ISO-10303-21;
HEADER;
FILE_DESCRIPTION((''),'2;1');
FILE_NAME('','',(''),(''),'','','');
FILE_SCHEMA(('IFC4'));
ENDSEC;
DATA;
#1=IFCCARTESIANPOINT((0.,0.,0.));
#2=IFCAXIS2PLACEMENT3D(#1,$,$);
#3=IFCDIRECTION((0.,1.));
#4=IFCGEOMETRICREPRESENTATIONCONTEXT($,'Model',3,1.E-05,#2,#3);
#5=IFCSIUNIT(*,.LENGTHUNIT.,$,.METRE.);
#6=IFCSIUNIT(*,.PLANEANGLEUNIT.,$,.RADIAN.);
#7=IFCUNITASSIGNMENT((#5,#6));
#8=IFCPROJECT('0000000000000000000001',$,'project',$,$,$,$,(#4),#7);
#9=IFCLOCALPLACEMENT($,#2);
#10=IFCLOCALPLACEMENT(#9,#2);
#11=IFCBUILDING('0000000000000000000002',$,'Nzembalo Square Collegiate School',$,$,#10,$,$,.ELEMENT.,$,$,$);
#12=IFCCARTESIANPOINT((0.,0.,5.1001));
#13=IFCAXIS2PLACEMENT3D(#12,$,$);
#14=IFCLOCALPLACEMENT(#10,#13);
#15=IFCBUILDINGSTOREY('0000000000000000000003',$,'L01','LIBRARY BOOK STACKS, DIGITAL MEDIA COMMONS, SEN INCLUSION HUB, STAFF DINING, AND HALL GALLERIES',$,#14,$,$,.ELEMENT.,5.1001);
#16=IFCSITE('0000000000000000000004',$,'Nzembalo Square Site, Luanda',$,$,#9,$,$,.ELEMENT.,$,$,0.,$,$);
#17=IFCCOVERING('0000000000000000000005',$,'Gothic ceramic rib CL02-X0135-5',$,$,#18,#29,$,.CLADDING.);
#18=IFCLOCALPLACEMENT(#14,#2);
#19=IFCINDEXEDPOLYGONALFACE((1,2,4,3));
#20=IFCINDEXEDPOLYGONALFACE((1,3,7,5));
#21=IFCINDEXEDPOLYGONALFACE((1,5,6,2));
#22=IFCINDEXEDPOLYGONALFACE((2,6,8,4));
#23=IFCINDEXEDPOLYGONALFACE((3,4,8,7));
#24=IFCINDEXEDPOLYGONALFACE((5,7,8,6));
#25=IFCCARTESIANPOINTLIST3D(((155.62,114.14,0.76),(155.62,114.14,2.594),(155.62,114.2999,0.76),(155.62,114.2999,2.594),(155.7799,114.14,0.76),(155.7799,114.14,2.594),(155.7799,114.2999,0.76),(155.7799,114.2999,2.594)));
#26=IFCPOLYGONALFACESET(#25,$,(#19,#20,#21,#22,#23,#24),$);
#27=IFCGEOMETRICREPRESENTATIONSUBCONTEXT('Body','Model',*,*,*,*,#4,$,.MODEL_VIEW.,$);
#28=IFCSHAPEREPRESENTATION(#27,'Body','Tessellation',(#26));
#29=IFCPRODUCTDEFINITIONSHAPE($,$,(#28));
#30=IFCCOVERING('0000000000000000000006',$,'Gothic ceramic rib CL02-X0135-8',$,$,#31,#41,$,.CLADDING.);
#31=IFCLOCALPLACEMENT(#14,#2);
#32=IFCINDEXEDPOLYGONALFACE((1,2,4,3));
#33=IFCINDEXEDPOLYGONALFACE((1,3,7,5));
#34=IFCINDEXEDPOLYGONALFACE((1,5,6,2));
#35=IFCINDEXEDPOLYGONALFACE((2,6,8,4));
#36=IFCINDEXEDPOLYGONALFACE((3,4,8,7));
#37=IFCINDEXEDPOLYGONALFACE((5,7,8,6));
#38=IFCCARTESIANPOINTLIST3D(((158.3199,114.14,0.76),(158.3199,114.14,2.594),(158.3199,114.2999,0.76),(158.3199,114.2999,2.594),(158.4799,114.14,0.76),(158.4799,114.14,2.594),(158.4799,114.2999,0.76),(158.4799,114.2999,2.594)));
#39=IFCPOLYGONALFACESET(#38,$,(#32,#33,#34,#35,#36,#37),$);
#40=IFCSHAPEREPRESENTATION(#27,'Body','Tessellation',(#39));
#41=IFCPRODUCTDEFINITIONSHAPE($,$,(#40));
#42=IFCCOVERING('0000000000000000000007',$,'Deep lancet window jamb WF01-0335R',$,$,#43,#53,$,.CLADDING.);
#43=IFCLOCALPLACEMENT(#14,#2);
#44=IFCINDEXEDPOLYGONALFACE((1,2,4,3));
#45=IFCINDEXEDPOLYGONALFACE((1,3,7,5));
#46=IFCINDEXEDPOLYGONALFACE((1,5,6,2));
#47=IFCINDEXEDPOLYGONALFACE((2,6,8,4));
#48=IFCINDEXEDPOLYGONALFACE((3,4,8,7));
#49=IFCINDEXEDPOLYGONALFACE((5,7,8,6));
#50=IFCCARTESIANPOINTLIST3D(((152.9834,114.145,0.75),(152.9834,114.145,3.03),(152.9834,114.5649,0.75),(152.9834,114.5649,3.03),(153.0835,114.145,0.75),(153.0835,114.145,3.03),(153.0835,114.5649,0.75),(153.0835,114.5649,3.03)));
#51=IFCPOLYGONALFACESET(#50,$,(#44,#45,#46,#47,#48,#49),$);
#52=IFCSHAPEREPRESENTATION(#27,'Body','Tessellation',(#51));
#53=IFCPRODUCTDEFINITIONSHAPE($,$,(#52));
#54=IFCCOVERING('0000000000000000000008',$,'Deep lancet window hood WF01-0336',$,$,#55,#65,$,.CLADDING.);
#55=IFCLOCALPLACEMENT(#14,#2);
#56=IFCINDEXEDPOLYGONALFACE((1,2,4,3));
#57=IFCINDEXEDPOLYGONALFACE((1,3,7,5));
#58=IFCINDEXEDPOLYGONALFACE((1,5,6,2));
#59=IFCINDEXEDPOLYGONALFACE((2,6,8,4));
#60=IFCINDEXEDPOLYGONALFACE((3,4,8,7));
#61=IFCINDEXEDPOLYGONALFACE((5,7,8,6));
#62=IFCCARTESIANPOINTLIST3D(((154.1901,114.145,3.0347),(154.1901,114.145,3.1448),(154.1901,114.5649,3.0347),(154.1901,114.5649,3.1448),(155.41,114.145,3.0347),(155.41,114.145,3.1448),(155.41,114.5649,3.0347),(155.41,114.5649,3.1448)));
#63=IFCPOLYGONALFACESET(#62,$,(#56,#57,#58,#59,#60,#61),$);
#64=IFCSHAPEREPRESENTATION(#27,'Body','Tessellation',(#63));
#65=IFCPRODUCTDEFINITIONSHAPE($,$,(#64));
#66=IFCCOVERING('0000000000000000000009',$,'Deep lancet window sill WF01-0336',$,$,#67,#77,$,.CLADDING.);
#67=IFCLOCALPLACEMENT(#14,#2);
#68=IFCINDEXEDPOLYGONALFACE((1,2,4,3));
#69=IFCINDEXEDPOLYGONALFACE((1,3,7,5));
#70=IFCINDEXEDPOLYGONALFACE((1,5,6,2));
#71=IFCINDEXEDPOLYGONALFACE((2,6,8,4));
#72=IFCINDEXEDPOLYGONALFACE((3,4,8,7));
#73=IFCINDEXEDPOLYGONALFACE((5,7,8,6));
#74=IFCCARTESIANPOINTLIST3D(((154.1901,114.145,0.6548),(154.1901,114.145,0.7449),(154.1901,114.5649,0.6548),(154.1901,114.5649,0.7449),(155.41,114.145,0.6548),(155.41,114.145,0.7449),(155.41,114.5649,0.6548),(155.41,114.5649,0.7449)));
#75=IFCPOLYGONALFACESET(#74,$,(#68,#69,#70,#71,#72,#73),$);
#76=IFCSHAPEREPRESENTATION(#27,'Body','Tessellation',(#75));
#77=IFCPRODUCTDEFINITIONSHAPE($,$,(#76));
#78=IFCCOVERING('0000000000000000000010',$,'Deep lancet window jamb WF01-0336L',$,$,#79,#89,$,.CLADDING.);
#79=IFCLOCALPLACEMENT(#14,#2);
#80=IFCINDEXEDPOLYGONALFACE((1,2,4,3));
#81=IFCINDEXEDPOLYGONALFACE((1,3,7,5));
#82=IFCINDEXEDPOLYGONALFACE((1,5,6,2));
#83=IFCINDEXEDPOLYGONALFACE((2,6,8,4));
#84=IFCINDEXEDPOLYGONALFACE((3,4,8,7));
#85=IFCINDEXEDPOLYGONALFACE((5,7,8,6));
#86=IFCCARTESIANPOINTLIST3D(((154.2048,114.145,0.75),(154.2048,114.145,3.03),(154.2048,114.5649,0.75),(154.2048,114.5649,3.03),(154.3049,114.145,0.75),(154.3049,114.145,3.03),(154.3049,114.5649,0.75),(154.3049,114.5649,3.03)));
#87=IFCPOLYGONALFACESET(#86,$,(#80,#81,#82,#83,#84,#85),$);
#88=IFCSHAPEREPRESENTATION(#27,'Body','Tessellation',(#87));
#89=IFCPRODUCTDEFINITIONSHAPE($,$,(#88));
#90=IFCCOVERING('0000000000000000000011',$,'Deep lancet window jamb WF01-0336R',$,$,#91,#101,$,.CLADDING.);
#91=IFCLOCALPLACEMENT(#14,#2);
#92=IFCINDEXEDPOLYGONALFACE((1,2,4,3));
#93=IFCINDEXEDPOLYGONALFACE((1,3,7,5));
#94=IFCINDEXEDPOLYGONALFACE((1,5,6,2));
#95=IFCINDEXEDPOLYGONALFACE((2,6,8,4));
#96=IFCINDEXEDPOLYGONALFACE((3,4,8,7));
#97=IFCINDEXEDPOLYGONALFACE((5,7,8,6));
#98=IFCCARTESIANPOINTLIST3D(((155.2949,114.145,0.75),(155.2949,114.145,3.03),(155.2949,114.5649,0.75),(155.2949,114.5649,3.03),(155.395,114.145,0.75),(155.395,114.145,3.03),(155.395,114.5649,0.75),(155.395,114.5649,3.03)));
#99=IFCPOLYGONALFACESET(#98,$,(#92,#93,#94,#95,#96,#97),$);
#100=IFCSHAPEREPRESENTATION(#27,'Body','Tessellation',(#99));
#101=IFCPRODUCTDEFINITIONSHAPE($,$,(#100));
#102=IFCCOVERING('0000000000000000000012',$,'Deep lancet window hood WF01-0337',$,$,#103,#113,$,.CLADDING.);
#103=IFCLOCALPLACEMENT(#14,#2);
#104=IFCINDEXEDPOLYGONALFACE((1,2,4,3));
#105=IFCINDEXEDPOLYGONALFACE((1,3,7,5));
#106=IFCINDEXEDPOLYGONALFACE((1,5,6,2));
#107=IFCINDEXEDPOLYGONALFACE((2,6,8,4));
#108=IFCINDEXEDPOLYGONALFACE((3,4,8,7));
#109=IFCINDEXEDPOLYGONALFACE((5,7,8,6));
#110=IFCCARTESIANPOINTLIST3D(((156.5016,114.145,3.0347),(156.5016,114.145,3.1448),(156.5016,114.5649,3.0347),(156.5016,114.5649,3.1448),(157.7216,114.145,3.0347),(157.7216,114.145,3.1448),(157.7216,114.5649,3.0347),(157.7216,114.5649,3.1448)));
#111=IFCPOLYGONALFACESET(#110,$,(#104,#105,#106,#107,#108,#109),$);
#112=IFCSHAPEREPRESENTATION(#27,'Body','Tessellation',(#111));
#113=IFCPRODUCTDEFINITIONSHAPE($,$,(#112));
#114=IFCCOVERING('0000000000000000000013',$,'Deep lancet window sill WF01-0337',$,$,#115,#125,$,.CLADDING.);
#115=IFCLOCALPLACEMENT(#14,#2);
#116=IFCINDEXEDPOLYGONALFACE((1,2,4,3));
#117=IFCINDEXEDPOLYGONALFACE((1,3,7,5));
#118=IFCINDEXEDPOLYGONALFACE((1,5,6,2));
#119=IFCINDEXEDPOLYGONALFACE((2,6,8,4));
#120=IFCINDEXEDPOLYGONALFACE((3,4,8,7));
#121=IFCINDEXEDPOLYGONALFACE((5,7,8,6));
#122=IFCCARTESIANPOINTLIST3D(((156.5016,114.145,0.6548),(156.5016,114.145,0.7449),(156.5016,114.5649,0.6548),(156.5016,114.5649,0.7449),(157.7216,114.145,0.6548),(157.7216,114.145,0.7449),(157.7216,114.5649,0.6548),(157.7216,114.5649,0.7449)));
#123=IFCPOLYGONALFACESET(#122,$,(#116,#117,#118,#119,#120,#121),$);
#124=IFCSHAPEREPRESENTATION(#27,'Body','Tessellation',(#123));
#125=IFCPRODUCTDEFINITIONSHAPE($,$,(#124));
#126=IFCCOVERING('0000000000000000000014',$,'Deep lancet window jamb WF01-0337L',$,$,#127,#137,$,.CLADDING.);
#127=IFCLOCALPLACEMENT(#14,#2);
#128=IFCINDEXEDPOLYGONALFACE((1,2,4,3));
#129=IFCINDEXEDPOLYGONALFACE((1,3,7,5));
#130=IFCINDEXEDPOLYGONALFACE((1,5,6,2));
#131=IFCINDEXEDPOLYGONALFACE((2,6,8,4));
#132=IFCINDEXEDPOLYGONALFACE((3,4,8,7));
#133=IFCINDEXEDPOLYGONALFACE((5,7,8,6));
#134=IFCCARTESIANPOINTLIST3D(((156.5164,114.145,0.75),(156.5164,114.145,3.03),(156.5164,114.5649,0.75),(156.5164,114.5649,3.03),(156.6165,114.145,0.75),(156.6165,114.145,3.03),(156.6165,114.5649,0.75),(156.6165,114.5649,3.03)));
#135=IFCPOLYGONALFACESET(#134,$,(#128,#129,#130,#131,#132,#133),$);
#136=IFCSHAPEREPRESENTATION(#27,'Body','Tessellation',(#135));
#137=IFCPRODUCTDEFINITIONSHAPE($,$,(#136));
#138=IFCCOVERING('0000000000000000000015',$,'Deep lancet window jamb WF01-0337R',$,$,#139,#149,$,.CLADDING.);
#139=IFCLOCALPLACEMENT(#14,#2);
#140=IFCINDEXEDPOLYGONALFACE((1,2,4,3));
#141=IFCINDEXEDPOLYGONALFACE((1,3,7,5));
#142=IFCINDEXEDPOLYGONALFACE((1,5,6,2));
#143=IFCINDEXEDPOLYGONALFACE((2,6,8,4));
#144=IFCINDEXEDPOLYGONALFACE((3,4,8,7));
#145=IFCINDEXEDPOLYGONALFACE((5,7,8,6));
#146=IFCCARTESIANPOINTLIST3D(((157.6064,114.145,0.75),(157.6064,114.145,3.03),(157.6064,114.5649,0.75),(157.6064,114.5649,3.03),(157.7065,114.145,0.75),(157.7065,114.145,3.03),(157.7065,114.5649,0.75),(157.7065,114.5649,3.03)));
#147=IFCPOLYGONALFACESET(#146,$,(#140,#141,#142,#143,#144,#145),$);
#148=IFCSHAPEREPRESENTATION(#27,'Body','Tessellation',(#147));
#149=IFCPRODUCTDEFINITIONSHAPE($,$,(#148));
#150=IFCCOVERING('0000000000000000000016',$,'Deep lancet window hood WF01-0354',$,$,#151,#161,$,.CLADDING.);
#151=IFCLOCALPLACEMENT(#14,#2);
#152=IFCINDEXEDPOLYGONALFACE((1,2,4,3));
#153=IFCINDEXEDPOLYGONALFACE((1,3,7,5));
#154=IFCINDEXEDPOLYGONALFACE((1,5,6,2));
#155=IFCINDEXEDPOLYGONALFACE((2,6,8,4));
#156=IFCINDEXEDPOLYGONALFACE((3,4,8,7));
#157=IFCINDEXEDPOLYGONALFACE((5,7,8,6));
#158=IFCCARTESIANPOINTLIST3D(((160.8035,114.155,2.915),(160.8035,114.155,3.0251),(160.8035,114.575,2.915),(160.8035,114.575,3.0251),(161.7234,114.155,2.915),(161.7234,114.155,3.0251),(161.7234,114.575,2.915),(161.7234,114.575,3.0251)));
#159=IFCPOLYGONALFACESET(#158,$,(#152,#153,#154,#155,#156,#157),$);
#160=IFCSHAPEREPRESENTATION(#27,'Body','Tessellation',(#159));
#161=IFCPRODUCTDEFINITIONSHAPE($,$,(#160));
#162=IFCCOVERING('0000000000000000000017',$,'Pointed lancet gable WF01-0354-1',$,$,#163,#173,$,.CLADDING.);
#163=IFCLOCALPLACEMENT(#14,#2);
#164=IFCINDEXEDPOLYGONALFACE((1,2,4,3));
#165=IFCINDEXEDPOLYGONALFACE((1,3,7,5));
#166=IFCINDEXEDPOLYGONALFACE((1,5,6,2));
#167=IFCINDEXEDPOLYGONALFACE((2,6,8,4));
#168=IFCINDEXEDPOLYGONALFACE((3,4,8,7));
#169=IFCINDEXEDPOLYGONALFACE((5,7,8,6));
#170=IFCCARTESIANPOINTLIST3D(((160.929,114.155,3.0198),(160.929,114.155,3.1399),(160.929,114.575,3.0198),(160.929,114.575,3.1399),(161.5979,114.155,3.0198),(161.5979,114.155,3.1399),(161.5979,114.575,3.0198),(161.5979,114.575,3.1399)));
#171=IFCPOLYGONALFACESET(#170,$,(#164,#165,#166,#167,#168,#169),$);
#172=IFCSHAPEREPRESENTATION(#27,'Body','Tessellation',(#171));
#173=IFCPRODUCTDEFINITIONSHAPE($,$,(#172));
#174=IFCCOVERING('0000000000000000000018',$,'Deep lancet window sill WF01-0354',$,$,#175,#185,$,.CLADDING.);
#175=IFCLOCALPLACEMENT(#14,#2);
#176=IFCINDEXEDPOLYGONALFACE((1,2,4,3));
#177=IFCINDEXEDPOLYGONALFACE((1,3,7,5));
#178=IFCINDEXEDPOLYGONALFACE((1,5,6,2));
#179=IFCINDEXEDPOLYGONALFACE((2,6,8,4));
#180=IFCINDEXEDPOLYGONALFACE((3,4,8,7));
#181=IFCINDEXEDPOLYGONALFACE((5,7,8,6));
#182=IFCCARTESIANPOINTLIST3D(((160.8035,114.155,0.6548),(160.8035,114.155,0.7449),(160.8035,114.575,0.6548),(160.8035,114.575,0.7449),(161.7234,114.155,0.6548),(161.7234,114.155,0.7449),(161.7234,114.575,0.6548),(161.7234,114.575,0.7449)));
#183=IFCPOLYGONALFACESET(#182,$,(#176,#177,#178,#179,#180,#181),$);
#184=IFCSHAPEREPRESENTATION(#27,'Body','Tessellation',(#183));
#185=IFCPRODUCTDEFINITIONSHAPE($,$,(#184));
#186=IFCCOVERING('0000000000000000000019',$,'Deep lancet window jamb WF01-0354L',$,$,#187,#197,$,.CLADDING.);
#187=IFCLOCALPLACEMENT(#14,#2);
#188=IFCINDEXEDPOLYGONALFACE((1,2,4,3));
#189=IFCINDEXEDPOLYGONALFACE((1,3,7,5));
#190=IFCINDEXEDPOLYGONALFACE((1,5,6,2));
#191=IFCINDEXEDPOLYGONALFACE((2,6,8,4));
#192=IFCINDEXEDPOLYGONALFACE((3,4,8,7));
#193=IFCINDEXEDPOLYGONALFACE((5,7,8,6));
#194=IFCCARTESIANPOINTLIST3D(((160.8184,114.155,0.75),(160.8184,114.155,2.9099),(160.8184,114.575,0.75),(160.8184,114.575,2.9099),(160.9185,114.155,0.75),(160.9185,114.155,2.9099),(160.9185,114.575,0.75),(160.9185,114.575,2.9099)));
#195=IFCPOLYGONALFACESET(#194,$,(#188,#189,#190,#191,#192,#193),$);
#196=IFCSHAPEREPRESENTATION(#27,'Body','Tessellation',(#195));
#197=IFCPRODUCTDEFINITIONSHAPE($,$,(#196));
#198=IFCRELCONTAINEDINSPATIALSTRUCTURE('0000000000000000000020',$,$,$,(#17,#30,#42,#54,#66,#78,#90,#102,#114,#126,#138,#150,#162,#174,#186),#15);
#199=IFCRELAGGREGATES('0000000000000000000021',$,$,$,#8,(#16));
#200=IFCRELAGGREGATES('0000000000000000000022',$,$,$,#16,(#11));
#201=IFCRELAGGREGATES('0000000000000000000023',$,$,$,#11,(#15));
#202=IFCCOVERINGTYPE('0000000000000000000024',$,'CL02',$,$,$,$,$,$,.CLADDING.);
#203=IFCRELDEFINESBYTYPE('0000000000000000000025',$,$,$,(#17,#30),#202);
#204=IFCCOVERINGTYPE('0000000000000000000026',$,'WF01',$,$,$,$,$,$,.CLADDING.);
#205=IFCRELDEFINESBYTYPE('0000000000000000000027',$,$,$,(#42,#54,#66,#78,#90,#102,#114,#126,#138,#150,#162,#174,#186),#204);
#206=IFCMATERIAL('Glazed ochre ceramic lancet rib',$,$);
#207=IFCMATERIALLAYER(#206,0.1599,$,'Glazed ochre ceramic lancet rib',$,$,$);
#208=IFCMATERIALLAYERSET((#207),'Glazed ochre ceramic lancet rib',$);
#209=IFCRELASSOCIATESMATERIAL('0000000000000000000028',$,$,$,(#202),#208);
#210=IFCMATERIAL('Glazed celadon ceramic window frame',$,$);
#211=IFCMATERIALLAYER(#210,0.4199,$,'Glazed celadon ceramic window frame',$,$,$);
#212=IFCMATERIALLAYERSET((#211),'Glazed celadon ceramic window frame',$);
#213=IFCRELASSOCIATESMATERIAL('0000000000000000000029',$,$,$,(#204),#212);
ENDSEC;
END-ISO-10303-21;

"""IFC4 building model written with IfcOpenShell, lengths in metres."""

from ifc_helpers import new_model, si_unit, direction, frame, origin, origin_2d, place, context, subcontext, project, spatial, rectangle, extrude, material, layer, layer_set, type_object, element, save


model = new_model("IFC4")

# Units and contexts
model_context = context("Model", 3, precision=1e-05, world=origin(), true_north=direction((0.0, 1.0)))
body_context = subcontext(model_context, "Body", "Model", "MODEL_VIEW")
ifc_project = project(units=[si_unit("LENGTHUNIT", "METRE"), si_unit("PLANEANGLEUNIT", "RADIAN")], contexts=[model_context])

# Site, building, storey
site_placement = place(None, origin())
site = spatial("IfcSite", under=ifc_project, at=site_placement, Name="Nzembalo Square Site, Luanda", CompositionType="ELEMENT", RefElevation=0.0)
building_placement = place(site_placement, origin())
building = spatial("IfcBuilding", under=site, at=building_placement, Name="Nzembalo Square Collegiate School", CompositionType="ELEMENT")
storey_placement = place(building_placement, frame((0.0, 0.0, 5.1001)))
storey = spatial("IfcBuildingStorey", under=building, at=storey_placement, Name="L01", Description="LIBRARY BOOK STACKS, DIGITAL MEDIA COMMONS, SEN INCLUSION HUB, STAFF DINING, AND HALL GALLERIES", CompositionType="ELEMENT", Elevation=5.1001)

# Coverings
ifc_material_1 = material(Name="Glazed ochre ceramic lancet rib")
ifc_layer_1 = layer(ifc_material_1, 0.1599, Name="Glazed ochre ceramic lancet rib")
ifc_layer_set_1 = layer_set([ifc_layer_1], Name="Glazed ochre ceramic lancet rib")
covering_type_1 = type_object("IfcCoveringType", Name="CL02", PredefinedType="CLADDING", material=ifc_layer_set_1)
for number, where, z_axis, x_axis, name in (
    (1, (155.7, 114.22, 0.76), (0.0, 0.0, 1.0), (1.0, 0.0, 0.0), "Gothic ceramic rib CL02-X0135-5"),
    (2, (158.3999, 114.22, 0.76), (0.0, 0.0, 1.0), (1.0, 0.0, 0.0), "Gothic ceramic rib CL02-X0135-8"),
):
    element("IfcCovering", number, at=place(storey_placement, frame(where, z_axis=z_axis, x_axis=x_axis)), inside=storey, type_object=covering_type_1, Name=name, PredefinedType="CLADDING", context=body_context, shape_type="SweptSolid", body=[
        extrude(rectangle(XDim=0.1599, YDim=0.1599, at=origin_2d()), origin(), (0.0, 0.0, 1.0), 1.834),
    ])
ifc_material_2 = material(Name="Glazed celadon ceramic window frame")
ifc_layer_2 = layer(ifc_material_2, 0.4199, Name="Glazed celadon ceramic window frame")
ifc_layer_set_2 = layer_set([ifc_layer_2], Name="Glazed celadon ceramic window frame")
covering_type_2 = type_object("IfcCoveringType", Name="WF01", PredefinedType="CLADDING", material=ifc_layer_set_2)
covering_1_placement = place(storey_placement, frame((153.0334, 114.355, 0.75), z_axis=(0.0, 0.0, 1.0), x_axis=(1.0, 0.0, 0.0)))
element("IfcCovering", 3, at=covering_1_placement, inside=storey, type_object=covering_type_2, Name="Deep lancet window jamb WF01-0335R", PredefinedType="CLADDING", context=body_context, shape_type="SweptSolid", body=[
    extrude(rectangle(XDim=0.1001, YDim=0.4199, at=origin_2d()), origin(), (0.0, 0.0, 1.0), 2.28),
])
covering_2_placement = place(storey_placement, frame((154.8, 114.355, 3.0347), z_axis=(0.0, 0.0, 1.0), x_axis=(1.0, 0.0, 0.0)))
element("IfcCovering", 4, at=covering_2_placement, inside=storey, type_object=covering_type_2, Name="Deep lancet window hood WF01-0336", PredefinedType="CLADDING", context=body_context, shape_type="SweptSolid", body=[
    extrude(rectangle(XDim=1.22, YDim=0.4199, at=origin_2d()), origin(), (0.0, 0.0, 1.0), 0.1101),
])
covering_3_placement = place(storey_placement, frame((154.8, 114.355, 0.6548), z_axis=(0.0, 0.0, 1.0), x_axis=(1.0, 0.0, 0.0)))
element("IfcCovering", 5, at=covering_3_placement, inside=storey, type_object=covering_type_2, Name="Deep lancet window sill WF01-0336", PredefinedType="CLADDING", context=body_context, shape_type="SweptSolid", body=[
    extrude(rectangle(XDim=1.22, YDim=0.4199, at=origin_2d()), origin(), (0.0, 0.0, 1.0), 0.0901),
])
for number, where, z_axis, x_axis, name in (
    (6, (154.2549, 114.355, 0.75), (0.0, 0.0, 1.0), (1.0, 0.0, 0.0), "Deep lancet window jamb WF01-0336L"),
    (7, (155.345, 114.355, 0.75), (0.0, 0.0, 1.0), (1.0, 0.0, 0.0), "Deep lancet window jamb WF01-0336R"),
):
    element("IfcCovering", number, at=place(storey_placement, frame(where, z_axis=z_axis, x_axis=x_axis)), inside=storey, type_object=covering_type_2, Name=name, PredefinedType="CLADDING", context=body_context, shape_type="SweptSolid", body=[
        extrude(rectangle(XDim=0.1001, YDim=0.4199, at=origin_2d()), origin(), (0.0, 0.0, 1.0), 2.28),
    ])
covering_4_placement = place(storey_placement, frame((157.1116, 114.355, 3.0347), z_axis=(0.0, 0.0, 1.0), x_axis=(1.0, 0.0, 0.0)))
element("IfcCovering", 8, at=covering_4_placement, inside=storey, type_object=covering_type_2, Name="Deep lancet window hood WF01-0337", PredefinedType="CLADDING", context=body_context, shape_type="SweptSolid", body=[
    extrude(rectangle(XDim=1.22, YDim=0.4199, at=origin_2d()), origin(), (0.0, 0.0, 1.0), 0.1101),
])
covering_5_placement = place(storey_placement, frame((157.1116, 114.355, 0.6548), z_axis=(0.0, 0.0, 1.0), x_axis=(1.0, 0.0, 0.0)))
element("IfcCovering", 9, at=covering_5_placement, inside=storey, type_object=covering_type_2, Name="Deep lancet window sill WF01-0337", PredefinedType="CLADDING", context=body_context, shape_type="SweptSolid", body=[
    extrude(rectangle(XDim=1.22, YDim=0.4199, at=origin_2d()), origin(), (0.0, 0.0, 1.0), 0.0901),
])
for number, where, z_axis, x_axis, name in (
    (10, (156.5664, 114.355, 0.75), (0.0, 0.0, 1.0), (1.0, 0.0, 0.0), "Deep lancet window jamb WF01-0337L"),
    (11, (157.6565, 114.355, 0.75), (0.0, 0.0, 1.0), (1.0, 0.0, 0.0), "Deep lancet window jamb WF01-0337R"),
):
    element("IfcCovering", number, at=place(storey_placement, frame(where, z_axis=z_axis, x_axis=x_axis)), inside=storey, type_object=covering_type_2, Name=name, PredefinedType="CLADDING", context=body_context, shape_type="SweptSolid", body=[
        extrude(rectangle(XDim=0.1001, YDim=0.4199, at=origin_2d()), origin(), (0.0, 0.0, 1.0), 2.28),
    ])
covering_6_placement = place(storey_placement, frame((161.2634, 114.365, 2.915), z_axis=(0.0, 0.0, 1.0), x_axis=(1.0, 0.0, 0.0)))
element("IfcCovering", 12, at=covering_6_placement, inside=storey, type_object=covering_type_2, Name="Deep lancet window hood WF01-0354", PredefinedType="CLADDING", context=body_context, shape_type="SweptSolid", body=[
    extrude(rectangle(XDim=0.9199, YDim=0.4199, at=origin_2d()), origin(), (0.0, 0.0, 1.0), 0.1101),
])
covering_7_placement = place(storey_placement, frame((161.2634, 114.365, 3.0198), z_axis=(0.0, 0.0, 1.0), x_axis=(1.0, 0.0, 0.0)))
element("IfcCovering", 13, at=covering_7_placement, inside=storey, type_object=covering_type_2, Name="Pointed lancet gable WF01-0354-1", PredefinedType="CLADDING", context=body_context, shape_type="SweptSolid", body=[
    extrude(rectangle(XDim=0.6689, YDim=0.4199, at=origin_2d()), origin(), (0.0, 0.0, 1.0), 0.1201),
])
covering_8_placement = place(storey_placement, frame((161.2634, 114.365, 0.6548), z_axis=(0.0, 0.0, 1.0), x_axis=(1.0, 0.0, 0.0)))
element("IfcCovering", 14, at=covering_8_placement, inside=storey, type_object=covering_type_2, Name="Deep lancet window sill WF01-0354", PredefinedType="CLADDING", context=body_context, shape_type="SweptSolid", body=[
    extrude(rectangle(XDim=0.9199, YDim=0.4199, at=origin_2d()), origin(), (0.0, 0.0, 1.0), 0.0901),
])
covering_9_placement = place(storey_placement, frame((160.8684, 114.365, 0.75), z_axis=(0.0, 0.0, 1.0), x_axis=(1.0, 0.0, 0.0)))
element("IfcCovering", 15, at=covering_9_placement, inside=storey, type_object=covering_type_2, Name="Deep lancet window jamb WF01-0354L", PredefinedType="CLADDING", context=body_context, shape_type="SweptSolid", body=[
    extrude(rectangle(XDim=0.1001, YDim=0.4199, at=origin_2d()), origin(), (0.0, 0.0, 1.0), 2.1599),
])

save(model, "model.ifc")
